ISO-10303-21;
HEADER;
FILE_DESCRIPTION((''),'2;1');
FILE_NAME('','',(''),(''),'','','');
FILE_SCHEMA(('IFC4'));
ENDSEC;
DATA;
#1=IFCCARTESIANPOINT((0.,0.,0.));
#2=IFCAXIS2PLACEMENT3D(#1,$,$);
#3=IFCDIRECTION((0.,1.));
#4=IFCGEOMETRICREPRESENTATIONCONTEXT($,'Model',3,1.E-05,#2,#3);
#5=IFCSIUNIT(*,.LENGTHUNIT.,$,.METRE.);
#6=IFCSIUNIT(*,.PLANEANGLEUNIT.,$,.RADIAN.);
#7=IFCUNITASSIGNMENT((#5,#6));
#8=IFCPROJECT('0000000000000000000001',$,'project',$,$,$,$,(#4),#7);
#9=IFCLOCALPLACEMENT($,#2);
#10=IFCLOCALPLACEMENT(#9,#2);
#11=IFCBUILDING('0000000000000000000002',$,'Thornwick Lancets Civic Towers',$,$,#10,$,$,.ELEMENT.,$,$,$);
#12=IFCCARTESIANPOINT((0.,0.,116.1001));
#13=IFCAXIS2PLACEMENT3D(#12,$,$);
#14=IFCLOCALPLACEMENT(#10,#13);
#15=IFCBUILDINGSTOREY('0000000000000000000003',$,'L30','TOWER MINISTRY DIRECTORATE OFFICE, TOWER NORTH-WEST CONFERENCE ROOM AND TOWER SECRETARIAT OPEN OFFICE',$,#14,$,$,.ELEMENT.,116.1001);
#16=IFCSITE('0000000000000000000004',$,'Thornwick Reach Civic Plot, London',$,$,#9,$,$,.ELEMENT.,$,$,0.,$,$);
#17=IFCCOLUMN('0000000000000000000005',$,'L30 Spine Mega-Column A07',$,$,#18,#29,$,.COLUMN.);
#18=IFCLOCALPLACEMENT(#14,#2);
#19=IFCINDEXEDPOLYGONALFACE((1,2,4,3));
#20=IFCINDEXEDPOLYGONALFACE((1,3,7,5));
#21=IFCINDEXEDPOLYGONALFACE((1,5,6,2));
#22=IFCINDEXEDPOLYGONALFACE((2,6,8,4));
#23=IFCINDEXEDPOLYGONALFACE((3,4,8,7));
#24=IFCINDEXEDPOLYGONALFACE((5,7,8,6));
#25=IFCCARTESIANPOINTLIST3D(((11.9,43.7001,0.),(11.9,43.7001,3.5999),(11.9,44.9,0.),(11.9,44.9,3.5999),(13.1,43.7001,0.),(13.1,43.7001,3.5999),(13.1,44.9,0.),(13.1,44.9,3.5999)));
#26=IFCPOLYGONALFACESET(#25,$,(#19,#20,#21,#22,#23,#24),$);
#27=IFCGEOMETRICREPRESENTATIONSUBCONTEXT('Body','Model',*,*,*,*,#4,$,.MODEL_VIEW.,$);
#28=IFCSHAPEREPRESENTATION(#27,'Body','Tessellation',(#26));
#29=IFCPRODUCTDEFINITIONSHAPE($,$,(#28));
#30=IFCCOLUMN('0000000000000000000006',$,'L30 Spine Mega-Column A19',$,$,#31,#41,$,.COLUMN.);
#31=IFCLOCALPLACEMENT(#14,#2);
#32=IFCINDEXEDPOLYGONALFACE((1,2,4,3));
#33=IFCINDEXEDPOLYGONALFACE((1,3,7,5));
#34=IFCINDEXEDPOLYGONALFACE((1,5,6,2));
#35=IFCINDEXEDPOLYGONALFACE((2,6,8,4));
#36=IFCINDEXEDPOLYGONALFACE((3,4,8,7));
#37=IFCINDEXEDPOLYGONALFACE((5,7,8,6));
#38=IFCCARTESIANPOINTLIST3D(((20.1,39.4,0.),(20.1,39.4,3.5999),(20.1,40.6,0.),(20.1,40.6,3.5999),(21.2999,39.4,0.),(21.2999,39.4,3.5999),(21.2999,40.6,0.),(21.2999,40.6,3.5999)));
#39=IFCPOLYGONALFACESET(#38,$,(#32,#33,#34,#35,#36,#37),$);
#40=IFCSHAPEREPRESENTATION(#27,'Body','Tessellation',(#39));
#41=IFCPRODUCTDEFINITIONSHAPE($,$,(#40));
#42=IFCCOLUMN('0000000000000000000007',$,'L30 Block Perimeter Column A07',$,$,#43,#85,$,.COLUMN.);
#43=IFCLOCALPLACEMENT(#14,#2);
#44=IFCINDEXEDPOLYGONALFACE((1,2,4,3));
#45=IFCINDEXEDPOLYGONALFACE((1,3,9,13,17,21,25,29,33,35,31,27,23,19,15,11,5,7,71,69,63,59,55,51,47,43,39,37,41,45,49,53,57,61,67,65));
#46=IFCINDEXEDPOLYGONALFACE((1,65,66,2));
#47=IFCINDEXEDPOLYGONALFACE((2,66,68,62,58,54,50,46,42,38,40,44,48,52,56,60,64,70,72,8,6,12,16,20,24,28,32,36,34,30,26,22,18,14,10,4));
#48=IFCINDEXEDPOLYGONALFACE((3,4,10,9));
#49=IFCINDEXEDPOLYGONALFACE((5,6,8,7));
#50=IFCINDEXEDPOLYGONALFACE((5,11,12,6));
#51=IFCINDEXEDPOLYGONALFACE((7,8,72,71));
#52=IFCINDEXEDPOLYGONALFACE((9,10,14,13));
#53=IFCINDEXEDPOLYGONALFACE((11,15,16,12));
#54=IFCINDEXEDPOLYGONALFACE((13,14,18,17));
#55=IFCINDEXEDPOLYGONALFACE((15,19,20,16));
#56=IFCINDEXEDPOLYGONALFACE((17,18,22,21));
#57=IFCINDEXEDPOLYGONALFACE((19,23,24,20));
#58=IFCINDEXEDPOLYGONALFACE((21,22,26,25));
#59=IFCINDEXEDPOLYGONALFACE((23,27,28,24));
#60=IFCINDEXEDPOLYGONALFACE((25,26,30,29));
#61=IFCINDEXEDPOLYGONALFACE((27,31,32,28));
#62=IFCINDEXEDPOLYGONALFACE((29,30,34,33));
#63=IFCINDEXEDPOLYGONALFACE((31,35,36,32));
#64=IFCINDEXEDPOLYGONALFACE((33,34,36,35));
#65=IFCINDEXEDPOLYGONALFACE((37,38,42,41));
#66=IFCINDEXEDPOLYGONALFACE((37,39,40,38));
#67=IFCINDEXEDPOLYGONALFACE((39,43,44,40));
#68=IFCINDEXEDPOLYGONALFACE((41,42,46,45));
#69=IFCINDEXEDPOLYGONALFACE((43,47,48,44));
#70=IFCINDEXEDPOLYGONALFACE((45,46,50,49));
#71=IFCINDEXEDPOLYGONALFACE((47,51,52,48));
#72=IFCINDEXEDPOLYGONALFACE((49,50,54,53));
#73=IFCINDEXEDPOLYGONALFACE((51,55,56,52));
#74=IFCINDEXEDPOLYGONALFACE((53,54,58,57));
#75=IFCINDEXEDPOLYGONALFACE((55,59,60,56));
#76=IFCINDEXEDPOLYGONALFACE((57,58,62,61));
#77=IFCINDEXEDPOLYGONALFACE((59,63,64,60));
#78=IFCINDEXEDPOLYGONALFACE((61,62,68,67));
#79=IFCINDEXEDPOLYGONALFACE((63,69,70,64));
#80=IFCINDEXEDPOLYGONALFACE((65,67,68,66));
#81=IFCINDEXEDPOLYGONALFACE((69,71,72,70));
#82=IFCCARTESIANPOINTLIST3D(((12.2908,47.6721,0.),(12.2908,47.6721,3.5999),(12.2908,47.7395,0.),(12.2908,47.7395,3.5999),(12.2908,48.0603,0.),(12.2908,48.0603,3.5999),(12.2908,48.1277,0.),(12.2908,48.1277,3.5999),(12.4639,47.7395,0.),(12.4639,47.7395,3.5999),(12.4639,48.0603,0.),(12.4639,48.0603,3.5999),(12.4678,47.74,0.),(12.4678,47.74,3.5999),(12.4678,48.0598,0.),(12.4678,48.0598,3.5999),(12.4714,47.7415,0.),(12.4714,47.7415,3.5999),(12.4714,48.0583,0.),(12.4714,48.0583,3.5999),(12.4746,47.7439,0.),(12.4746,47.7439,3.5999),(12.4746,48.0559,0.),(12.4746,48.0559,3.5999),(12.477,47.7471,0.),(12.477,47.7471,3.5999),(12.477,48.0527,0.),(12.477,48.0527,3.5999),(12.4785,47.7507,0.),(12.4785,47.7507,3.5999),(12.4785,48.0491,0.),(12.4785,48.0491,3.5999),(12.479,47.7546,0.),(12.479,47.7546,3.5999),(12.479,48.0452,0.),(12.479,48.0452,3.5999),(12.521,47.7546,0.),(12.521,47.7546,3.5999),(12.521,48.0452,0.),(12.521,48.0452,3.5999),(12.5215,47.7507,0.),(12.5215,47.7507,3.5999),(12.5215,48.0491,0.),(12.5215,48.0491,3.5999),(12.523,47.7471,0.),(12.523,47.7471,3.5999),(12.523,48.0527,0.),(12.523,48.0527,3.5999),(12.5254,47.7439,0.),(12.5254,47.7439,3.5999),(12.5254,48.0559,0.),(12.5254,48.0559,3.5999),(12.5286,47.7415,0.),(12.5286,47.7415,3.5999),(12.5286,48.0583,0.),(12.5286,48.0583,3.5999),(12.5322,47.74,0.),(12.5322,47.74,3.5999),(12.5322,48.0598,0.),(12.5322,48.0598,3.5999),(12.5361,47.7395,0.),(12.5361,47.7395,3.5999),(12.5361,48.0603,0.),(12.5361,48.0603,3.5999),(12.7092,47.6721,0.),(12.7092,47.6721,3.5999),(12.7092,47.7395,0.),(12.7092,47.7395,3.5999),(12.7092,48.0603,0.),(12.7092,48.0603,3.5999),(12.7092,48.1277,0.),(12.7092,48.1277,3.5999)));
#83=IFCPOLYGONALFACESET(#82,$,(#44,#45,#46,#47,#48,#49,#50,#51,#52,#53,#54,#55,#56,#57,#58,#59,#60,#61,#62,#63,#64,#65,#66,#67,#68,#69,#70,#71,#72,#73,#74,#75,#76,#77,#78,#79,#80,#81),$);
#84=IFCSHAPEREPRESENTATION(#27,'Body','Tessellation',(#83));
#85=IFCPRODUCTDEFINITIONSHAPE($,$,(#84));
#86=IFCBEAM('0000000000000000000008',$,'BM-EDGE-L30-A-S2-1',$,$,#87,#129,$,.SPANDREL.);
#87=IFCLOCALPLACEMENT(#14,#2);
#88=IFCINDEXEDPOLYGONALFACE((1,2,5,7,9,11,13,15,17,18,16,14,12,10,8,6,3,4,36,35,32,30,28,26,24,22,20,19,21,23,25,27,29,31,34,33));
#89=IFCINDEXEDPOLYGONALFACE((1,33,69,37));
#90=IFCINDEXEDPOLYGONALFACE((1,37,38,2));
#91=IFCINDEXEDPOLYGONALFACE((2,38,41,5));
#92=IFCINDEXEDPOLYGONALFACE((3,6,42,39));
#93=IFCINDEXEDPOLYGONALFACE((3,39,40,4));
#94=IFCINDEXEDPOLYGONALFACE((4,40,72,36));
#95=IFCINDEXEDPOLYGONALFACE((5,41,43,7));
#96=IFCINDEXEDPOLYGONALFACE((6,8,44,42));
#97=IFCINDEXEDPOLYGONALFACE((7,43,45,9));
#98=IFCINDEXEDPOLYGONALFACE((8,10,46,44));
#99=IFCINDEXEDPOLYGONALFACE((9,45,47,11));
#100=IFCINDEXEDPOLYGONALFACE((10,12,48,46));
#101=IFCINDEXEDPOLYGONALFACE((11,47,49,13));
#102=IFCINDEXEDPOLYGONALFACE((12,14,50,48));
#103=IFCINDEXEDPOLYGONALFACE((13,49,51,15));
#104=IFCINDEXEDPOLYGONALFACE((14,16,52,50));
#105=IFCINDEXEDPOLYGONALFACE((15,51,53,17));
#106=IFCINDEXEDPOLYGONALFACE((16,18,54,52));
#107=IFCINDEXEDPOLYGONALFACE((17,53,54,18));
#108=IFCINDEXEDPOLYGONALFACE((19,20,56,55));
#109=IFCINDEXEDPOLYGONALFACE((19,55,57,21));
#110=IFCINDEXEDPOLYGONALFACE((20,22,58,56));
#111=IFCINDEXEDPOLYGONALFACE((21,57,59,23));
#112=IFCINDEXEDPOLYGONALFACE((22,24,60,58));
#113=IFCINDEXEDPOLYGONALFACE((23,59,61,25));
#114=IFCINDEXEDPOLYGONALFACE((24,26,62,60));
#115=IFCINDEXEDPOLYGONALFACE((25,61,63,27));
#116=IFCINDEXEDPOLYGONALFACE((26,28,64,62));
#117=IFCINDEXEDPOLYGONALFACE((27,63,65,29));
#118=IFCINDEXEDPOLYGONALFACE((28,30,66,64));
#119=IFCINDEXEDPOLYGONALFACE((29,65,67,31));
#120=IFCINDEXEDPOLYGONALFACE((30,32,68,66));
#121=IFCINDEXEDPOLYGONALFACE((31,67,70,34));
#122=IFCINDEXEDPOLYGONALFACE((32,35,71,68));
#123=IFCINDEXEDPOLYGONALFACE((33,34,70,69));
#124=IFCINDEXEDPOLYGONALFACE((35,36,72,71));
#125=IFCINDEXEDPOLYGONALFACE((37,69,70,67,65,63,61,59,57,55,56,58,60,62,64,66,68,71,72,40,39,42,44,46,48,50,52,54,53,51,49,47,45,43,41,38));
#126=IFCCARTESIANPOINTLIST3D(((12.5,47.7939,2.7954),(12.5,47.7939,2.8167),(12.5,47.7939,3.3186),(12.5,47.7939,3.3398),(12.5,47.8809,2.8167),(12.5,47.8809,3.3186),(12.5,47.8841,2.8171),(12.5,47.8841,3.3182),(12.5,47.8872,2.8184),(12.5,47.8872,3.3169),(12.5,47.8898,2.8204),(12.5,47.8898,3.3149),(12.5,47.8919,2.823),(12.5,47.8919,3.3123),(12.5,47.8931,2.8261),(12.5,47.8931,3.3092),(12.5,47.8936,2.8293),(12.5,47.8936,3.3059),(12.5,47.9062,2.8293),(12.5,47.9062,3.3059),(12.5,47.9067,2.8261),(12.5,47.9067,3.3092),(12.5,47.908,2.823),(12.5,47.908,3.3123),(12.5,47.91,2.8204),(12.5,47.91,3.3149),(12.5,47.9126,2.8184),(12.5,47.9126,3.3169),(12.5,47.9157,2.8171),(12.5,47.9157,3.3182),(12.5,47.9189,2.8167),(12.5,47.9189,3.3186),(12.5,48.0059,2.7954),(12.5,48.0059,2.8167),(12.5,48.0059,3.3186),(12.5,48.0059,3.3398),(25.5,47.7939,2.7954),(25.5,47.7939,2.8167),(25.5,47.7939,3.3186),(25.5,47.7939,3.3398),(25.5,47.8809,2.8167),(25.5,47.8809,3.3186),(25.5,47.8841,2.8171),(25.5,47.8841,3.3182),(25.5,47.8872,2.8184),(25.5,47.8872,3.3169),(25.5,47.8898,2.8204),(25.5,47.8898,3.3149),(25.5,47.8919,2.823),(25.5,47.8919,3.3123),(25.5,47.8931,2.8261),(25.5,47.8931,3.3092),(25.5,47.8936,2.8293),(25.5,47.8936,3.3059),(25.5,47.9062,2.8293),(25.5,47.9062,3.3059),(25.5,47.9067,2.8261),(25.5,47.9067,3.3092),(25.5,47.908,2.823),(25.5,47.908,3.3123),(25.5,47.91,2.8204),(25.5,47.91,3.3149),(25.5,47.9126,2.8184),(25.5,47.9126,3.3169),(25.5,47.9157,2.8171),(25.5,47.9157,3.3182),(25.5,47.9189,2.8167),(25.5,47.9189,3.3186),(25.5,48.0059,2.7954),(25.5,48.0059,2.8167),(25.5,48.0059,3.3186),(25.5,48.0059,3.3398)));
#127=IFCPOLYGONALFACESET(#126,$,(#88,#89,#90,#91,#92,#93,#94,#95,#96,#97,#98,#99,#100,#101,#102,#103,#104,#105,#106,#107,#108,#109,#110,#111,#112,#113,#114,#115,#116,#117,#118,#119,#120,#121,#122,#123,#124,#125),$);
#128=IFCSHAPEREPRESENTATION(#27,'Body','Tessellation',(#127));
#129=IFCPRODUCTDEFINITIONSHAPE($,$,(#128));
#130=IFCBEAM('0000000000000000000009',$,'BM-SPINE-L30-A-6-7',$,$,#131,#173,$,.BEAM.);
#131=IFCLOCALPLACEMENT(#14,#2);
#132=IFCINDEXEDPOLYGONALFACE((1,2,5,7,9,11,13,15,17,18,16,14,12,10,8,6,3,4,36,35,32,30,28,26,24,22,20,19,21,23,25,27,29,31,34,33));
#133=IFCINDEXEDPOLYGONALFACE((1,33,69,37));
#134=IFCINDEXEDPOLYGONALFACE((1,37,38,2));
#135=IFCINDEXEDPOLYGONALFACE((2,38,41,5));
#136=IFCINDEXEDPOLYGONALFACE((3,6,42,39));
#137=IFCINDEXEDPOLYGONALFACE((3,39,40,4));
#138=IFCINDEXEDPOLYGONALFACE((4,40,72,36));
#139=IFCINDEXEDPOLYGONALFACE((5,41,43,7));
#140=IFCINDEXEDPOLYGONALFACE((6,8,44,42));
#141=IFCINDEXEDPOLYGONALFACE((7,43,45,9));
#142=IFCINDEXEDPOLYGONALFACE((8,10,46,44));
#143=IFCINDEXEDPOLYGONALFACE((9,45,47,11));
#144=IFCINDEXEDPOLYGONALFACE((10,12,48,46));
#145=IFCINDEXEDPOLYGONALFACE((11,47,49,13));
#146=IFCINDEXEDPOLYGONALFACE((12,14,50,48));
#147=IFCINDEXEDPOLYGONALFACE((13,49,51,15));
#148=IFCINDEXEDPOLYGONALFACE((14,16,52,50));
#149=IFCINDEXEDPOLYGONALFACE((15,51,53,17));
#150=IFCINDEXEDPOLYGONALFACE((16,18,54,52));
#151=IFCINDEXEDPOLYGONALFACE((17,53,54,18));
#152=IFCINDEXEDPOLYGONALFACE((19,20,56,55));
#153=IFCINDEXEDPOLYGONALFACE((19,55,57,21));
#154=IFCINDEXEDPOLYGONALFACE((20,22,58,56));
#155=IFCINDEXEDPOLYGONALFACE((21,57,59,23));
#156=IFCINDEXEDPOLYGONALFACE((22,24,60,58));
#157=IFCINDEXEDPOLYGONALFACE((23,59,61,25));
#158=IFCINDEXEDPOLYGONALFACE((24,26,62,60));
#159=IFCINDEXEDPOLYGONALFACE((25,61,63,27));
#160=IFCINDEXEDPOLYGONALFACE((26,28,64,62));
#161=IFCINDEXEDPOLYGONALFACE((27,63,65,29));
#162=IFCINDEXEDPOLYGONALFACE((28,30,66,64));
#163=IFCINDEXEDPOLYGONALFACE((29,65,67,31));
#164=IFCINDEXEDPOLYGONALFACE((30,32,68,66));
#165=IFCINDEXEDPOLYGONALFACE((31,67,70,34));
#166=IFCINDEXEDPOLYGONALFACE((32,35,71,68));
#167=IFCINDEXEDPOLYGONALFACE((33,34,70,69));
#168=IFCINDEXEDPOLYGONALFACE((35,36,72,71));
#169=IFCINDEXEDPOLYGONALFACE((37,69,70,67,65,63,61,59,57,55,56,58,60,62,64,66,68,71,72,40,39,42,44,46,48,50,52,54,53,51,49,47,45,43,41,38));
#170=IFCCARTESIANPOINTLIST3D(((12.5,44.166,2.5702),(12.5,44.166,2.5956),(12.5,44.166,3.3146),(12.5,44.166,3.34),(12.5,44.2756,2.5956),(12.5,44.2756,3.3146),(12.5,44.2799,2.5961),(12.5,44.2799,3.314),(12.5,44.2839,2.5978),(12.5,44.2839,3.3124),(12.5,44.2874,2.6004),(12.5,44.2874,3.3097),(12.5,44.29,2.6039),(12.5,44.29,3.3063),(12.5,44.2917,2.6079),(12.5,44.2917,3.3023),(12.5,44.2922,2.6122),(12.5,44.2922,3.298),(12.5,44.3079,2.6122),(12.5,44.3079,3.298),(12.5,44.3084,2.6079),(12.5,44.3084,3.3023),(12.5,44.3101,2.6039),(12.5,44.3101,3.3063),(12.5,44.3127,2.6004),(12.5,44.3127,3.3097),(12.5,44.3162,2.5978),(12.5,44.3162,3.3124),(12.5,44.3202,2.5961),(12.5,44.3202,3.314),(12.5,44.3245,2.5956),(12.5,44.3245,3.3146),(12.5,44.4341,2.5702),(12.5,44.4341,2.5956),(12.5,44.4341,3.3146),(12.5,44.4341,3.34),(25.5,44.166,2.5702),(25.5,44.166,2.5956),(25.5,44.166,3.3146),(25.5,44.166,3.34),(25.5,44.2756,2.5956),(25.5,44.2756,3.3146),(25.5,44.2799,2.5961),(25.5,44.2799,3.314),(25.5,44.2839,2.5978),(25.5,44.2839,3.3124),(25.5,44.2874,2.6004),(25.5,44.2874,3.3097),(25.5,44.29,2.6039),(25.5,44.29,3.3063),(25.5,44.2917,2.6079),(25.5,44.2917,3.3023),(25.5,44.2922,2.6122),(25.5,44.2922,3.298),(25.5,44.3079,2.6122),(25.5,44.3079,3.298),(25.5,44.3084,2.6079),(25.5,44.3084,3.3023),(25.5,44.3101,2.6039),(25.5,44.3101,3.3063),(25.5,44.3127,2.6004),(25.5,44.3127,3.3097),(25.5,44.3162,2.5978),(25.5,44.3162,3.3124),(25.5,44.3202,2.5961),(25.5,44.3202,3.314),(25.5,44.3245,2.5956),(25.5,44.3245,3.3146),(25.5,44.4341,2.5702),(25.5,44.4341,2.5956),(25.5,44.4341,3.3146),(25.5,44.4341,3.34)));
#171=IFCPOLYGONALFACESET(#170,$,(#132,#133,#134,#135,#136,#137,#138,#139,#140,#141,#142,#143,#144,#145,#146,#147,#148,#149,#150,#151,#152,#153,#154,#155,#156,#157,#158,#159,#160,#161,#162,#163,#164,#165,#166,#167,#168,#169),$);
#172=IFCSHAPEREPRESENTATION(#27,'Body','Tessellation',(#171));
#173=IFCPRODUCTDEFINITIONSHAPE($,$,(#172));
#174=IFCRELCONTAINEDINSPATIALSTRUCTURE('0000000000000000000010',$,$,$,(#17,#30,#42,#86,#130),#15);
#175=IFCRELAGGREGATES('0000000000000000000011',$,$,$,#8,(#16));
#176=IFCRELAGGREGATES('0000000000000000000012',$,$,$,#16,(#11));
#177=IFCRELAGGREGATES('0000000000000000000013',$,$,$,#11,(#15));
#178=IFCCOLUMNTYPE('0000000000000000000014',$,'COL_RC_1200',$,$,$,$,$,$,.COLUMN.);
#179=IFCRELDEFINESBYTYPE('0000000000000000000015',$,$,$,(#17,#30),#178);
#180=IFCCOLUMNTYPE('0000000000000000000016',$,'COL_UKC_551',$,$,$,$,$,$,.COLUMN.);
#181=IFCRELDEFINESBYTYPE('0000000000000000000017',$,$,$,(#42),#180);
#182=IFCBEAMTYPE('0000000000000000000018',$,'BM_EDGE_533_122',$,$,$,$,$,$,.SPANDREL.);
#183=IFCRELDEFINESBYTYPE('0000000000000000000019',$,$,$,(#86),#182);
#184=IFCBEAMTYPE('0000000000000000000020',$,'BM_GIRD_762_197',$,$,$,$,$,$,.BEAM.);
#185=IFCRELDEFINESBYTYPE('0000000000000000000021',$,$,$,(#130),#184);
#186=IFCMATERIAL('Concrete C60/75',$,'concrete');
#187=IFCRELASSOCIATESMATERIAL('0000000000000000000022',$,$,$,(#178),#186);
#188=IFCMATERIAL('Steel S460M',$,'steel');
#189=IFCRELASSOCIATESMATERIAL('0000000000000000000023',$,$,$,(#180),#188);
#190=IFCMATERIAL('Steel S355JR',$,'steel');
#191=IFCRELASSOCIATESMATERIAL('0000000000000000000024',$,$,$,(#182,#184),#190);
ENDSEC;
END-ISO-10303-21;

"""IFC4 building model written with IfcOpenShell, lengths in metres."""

from ifc_helpers import new_model, si_unit, direction, frame, origin, origin_2d, place, context, subcontext, project, spatial, rectangle, i_section, extrude, material, material_profile, profile_set, type_object, element, save


model = new_model("IFC4")

# Units and contexts
model_context = context("Model", 3, precision=1e-05, world=origin(), true_north=direction((0.0, 1.0)))
body_context = subcontext(model_context, "Body", "Model", "MODEL_VIEW")
ifc_project = project(units=[si_unit("LENGTHUNIT", "METRE"), si_unit("PLANEANGLEUNIT", "RADIAN")], contexts=[model_context])

# Site, building, storey
site_placement = place(None, origin())
site = spatial("IfcSite", under=ifc_project, at=site_placement, Name="Thornwick Reach Civic Plot, London", CompositionType="ELEMENT", RefElevation=0.0)
building_placement = place(site_placement, origin())
building = spatial("IfcBuilding", under=site, at=building_placement, Name="Thornwick Lancets Civic Towers", CompositionType="ELEMENT")
storey_placement = place(building_placement, frame((0.0, 0.0, 116.1001)))
storey = spatial("IfcBuildingStorey", under=building, at=storey_placement, Name="L30", Description="TOWER MINISTRY DIRECTORATE OFFICE, TOWER NORTH-WEST CONFERENCE ROOM AND TOWER SECRETARIAT OPEN OFFICE", CompositionType="ELEMENT", Elevation=116.1001)

# Columns
ifc_material_1 = material(Name="Concrete C60/75", Category="concrete")
ifc_material_profile_1 = material_profile(ifc_material_1, rectangle(XDim=1.2, YDim=1.2, at=origin_2d()), Name="RC 1200x1200")
ifc_profile_set_1 = profile_set([ifc_material_profile_1], Name="Concrete C60/75")
column_type_1 = type_object("IfcColumnType", Name="COL_RC_1200", PredefinedType="COLUMN", material=ifc_profile_set_1)
for number, where, z_axis, x_axis, name in (
    (1, (12.5, 44.3, 0.0), (0.0, 0.0, 1.0), (1.0, 0.0, 0.0), "L30 Spine Mega-Column A07"),
    (2, (20.7, 40.0, 0.0), (0.0, 0.0, 1.0), (1.0, 0.0, 0.0), "L30 Spine Mega-Column A19"),
):
    element("IfcColumn", number, at=place(storey_placement, frame(where, z_axis=z_axis, x_axis=x_axis)), inside=storey, type_object=column_type_1, Name=name, PredefinedType="COLUMN", context=body_context, shape_type="SweptSolid", body=[
        extrude(rectangle(XDim=1.2, YDim=1.2, at=origin_2d()), origin(), (0.0, 0.0, 1.0), 3.5999),
    ])
ifc_material_2 = material(Name="Steel S460M", Category="steel")
ifc_material_profile_2 = material_profile(ifc_material_2, i_section(OverallWidth=0.4185, OverallDepth=0.4556, WebThickness=0.042, FlangeThickness=0.0674, FilletRadius=0.0151, at=origin_2d()), Name="UKC 356x406x551")
ifc_profile_set_2 = profile_set([ifc_material_profile_2], Name="Steel S460M")
column_type_2 = type_object("IfcColumnType", Name="COL_UKC_551", PredefinedType="COLUMN", material=ifc_profile_set_2)
column_placement = place(storey_placement, frame((12.5, 47.8999, 0.0), z_axis=(0.0, 0.0, 1.0), x_axis=(1.0, 0.0, 0.0)))
element("IfcColumn", 3, at=column_placement, inside=storey, type_object=column_type_2, Name="L30 Block Perimeter Column A07", PredefinedType="COLUMN", context=body_context, shape_type="SweptSolid", body=[
    extrude(i_section(OverallWidth=0.4185, OverallDepth=0.4556, WebThickness=0.042, FlangeThickness=0.0674, FilletRadius=0.0151, at=origin_2d()), origin(), (0.0, 0.0, 1.0), 3.5999),
])

# Beams
ifc_material_3 = material(Name="Steel S355JR", Category="steel")
ifc_material_profile_3 = material_profile(ifc_material_3, i_section(OverallWidth=0.2119, OverallDepth=0.5444, WebThickness=0.0127, FlangeThickness=0.0212, FilletRadius=0.0127, at=origin_2d()), Name="UKB 533x210x122")
ifc_profile_set_3 = profile_set([ifc_material_profile_3], Name="Steel S355JR")
beam_type_1 = type_object("IfcBeamType", Name="BM_EDGE_533_122", PredefinedType="SPANDREL", material=ifc_profile_set_3)
beam_1_placement = place(storey_placement, frame((12.5, 47.8999, 3.0676), z_axis=(1.0, 0.0, 0.0), x_axis=(0.0, 1.0, 0.0)))
element("IfcBeam", 4, at=beam_1_placement, inside=storey, type_object=beam_type_1, Name="BM-EDGE-L30-A-S2-1", PredefinedType="SPANDREL", context=body_context, shape_type="SweptSolid", body=[
    extrude(i_section(OverallWidth=0.2119, OverallDepth=0.5444, WebThickness=0.0127, FlangeThickness=0.0212, FilletRadius=0.0127, at=origin_2d()), origin(), (0.0, 0.0, 1.0), 13.0),
])
ifc_material_profile_4 = material_profile(ifc_material_3, i_section(OverallWidth=0.2681, OverallDepth=0.7698, WebThickness=0.0156, FlangeThickness=0.0254, FilletRadius=0.0166, at=origin_2d()), Name="UKB 762x267x197")
ifc_profile_set_4 = profile_set([ifc_material_profile_4], Name="Steel S355JR")
beam_type_2 = type_object("IfcBeamType", Name="BM_GIRD_762_197", PredefinedType="BEAM", material=ifc_profile_set_4)
beam_2_placement = place(storey_placement, frame((12.5, 44.3, 2.9551), z_axis=(1.0, 0.0, 0.0), x_axis=(0.0, 1.0, 0.0)))
element("IfcBeam", 5, at=beam_2_placement, inside=storey, type_object=beam_type_2, Name="BM-SPINE-L30-A-6-7", PredefinedType="BEAM", context=body_context, shape_type="SweptSolid", body=[
    extrude(i_section(OverallWidth=0.2681, OverallDepth=0.7698, WebThickness=0.0156, FlangeThickness=0.0254, FilletRadius=0.0166, at=origin_2d()), origin(), (0.0, 0.0, 1.0), 13.0),
])

save(model, "model.ifc")
